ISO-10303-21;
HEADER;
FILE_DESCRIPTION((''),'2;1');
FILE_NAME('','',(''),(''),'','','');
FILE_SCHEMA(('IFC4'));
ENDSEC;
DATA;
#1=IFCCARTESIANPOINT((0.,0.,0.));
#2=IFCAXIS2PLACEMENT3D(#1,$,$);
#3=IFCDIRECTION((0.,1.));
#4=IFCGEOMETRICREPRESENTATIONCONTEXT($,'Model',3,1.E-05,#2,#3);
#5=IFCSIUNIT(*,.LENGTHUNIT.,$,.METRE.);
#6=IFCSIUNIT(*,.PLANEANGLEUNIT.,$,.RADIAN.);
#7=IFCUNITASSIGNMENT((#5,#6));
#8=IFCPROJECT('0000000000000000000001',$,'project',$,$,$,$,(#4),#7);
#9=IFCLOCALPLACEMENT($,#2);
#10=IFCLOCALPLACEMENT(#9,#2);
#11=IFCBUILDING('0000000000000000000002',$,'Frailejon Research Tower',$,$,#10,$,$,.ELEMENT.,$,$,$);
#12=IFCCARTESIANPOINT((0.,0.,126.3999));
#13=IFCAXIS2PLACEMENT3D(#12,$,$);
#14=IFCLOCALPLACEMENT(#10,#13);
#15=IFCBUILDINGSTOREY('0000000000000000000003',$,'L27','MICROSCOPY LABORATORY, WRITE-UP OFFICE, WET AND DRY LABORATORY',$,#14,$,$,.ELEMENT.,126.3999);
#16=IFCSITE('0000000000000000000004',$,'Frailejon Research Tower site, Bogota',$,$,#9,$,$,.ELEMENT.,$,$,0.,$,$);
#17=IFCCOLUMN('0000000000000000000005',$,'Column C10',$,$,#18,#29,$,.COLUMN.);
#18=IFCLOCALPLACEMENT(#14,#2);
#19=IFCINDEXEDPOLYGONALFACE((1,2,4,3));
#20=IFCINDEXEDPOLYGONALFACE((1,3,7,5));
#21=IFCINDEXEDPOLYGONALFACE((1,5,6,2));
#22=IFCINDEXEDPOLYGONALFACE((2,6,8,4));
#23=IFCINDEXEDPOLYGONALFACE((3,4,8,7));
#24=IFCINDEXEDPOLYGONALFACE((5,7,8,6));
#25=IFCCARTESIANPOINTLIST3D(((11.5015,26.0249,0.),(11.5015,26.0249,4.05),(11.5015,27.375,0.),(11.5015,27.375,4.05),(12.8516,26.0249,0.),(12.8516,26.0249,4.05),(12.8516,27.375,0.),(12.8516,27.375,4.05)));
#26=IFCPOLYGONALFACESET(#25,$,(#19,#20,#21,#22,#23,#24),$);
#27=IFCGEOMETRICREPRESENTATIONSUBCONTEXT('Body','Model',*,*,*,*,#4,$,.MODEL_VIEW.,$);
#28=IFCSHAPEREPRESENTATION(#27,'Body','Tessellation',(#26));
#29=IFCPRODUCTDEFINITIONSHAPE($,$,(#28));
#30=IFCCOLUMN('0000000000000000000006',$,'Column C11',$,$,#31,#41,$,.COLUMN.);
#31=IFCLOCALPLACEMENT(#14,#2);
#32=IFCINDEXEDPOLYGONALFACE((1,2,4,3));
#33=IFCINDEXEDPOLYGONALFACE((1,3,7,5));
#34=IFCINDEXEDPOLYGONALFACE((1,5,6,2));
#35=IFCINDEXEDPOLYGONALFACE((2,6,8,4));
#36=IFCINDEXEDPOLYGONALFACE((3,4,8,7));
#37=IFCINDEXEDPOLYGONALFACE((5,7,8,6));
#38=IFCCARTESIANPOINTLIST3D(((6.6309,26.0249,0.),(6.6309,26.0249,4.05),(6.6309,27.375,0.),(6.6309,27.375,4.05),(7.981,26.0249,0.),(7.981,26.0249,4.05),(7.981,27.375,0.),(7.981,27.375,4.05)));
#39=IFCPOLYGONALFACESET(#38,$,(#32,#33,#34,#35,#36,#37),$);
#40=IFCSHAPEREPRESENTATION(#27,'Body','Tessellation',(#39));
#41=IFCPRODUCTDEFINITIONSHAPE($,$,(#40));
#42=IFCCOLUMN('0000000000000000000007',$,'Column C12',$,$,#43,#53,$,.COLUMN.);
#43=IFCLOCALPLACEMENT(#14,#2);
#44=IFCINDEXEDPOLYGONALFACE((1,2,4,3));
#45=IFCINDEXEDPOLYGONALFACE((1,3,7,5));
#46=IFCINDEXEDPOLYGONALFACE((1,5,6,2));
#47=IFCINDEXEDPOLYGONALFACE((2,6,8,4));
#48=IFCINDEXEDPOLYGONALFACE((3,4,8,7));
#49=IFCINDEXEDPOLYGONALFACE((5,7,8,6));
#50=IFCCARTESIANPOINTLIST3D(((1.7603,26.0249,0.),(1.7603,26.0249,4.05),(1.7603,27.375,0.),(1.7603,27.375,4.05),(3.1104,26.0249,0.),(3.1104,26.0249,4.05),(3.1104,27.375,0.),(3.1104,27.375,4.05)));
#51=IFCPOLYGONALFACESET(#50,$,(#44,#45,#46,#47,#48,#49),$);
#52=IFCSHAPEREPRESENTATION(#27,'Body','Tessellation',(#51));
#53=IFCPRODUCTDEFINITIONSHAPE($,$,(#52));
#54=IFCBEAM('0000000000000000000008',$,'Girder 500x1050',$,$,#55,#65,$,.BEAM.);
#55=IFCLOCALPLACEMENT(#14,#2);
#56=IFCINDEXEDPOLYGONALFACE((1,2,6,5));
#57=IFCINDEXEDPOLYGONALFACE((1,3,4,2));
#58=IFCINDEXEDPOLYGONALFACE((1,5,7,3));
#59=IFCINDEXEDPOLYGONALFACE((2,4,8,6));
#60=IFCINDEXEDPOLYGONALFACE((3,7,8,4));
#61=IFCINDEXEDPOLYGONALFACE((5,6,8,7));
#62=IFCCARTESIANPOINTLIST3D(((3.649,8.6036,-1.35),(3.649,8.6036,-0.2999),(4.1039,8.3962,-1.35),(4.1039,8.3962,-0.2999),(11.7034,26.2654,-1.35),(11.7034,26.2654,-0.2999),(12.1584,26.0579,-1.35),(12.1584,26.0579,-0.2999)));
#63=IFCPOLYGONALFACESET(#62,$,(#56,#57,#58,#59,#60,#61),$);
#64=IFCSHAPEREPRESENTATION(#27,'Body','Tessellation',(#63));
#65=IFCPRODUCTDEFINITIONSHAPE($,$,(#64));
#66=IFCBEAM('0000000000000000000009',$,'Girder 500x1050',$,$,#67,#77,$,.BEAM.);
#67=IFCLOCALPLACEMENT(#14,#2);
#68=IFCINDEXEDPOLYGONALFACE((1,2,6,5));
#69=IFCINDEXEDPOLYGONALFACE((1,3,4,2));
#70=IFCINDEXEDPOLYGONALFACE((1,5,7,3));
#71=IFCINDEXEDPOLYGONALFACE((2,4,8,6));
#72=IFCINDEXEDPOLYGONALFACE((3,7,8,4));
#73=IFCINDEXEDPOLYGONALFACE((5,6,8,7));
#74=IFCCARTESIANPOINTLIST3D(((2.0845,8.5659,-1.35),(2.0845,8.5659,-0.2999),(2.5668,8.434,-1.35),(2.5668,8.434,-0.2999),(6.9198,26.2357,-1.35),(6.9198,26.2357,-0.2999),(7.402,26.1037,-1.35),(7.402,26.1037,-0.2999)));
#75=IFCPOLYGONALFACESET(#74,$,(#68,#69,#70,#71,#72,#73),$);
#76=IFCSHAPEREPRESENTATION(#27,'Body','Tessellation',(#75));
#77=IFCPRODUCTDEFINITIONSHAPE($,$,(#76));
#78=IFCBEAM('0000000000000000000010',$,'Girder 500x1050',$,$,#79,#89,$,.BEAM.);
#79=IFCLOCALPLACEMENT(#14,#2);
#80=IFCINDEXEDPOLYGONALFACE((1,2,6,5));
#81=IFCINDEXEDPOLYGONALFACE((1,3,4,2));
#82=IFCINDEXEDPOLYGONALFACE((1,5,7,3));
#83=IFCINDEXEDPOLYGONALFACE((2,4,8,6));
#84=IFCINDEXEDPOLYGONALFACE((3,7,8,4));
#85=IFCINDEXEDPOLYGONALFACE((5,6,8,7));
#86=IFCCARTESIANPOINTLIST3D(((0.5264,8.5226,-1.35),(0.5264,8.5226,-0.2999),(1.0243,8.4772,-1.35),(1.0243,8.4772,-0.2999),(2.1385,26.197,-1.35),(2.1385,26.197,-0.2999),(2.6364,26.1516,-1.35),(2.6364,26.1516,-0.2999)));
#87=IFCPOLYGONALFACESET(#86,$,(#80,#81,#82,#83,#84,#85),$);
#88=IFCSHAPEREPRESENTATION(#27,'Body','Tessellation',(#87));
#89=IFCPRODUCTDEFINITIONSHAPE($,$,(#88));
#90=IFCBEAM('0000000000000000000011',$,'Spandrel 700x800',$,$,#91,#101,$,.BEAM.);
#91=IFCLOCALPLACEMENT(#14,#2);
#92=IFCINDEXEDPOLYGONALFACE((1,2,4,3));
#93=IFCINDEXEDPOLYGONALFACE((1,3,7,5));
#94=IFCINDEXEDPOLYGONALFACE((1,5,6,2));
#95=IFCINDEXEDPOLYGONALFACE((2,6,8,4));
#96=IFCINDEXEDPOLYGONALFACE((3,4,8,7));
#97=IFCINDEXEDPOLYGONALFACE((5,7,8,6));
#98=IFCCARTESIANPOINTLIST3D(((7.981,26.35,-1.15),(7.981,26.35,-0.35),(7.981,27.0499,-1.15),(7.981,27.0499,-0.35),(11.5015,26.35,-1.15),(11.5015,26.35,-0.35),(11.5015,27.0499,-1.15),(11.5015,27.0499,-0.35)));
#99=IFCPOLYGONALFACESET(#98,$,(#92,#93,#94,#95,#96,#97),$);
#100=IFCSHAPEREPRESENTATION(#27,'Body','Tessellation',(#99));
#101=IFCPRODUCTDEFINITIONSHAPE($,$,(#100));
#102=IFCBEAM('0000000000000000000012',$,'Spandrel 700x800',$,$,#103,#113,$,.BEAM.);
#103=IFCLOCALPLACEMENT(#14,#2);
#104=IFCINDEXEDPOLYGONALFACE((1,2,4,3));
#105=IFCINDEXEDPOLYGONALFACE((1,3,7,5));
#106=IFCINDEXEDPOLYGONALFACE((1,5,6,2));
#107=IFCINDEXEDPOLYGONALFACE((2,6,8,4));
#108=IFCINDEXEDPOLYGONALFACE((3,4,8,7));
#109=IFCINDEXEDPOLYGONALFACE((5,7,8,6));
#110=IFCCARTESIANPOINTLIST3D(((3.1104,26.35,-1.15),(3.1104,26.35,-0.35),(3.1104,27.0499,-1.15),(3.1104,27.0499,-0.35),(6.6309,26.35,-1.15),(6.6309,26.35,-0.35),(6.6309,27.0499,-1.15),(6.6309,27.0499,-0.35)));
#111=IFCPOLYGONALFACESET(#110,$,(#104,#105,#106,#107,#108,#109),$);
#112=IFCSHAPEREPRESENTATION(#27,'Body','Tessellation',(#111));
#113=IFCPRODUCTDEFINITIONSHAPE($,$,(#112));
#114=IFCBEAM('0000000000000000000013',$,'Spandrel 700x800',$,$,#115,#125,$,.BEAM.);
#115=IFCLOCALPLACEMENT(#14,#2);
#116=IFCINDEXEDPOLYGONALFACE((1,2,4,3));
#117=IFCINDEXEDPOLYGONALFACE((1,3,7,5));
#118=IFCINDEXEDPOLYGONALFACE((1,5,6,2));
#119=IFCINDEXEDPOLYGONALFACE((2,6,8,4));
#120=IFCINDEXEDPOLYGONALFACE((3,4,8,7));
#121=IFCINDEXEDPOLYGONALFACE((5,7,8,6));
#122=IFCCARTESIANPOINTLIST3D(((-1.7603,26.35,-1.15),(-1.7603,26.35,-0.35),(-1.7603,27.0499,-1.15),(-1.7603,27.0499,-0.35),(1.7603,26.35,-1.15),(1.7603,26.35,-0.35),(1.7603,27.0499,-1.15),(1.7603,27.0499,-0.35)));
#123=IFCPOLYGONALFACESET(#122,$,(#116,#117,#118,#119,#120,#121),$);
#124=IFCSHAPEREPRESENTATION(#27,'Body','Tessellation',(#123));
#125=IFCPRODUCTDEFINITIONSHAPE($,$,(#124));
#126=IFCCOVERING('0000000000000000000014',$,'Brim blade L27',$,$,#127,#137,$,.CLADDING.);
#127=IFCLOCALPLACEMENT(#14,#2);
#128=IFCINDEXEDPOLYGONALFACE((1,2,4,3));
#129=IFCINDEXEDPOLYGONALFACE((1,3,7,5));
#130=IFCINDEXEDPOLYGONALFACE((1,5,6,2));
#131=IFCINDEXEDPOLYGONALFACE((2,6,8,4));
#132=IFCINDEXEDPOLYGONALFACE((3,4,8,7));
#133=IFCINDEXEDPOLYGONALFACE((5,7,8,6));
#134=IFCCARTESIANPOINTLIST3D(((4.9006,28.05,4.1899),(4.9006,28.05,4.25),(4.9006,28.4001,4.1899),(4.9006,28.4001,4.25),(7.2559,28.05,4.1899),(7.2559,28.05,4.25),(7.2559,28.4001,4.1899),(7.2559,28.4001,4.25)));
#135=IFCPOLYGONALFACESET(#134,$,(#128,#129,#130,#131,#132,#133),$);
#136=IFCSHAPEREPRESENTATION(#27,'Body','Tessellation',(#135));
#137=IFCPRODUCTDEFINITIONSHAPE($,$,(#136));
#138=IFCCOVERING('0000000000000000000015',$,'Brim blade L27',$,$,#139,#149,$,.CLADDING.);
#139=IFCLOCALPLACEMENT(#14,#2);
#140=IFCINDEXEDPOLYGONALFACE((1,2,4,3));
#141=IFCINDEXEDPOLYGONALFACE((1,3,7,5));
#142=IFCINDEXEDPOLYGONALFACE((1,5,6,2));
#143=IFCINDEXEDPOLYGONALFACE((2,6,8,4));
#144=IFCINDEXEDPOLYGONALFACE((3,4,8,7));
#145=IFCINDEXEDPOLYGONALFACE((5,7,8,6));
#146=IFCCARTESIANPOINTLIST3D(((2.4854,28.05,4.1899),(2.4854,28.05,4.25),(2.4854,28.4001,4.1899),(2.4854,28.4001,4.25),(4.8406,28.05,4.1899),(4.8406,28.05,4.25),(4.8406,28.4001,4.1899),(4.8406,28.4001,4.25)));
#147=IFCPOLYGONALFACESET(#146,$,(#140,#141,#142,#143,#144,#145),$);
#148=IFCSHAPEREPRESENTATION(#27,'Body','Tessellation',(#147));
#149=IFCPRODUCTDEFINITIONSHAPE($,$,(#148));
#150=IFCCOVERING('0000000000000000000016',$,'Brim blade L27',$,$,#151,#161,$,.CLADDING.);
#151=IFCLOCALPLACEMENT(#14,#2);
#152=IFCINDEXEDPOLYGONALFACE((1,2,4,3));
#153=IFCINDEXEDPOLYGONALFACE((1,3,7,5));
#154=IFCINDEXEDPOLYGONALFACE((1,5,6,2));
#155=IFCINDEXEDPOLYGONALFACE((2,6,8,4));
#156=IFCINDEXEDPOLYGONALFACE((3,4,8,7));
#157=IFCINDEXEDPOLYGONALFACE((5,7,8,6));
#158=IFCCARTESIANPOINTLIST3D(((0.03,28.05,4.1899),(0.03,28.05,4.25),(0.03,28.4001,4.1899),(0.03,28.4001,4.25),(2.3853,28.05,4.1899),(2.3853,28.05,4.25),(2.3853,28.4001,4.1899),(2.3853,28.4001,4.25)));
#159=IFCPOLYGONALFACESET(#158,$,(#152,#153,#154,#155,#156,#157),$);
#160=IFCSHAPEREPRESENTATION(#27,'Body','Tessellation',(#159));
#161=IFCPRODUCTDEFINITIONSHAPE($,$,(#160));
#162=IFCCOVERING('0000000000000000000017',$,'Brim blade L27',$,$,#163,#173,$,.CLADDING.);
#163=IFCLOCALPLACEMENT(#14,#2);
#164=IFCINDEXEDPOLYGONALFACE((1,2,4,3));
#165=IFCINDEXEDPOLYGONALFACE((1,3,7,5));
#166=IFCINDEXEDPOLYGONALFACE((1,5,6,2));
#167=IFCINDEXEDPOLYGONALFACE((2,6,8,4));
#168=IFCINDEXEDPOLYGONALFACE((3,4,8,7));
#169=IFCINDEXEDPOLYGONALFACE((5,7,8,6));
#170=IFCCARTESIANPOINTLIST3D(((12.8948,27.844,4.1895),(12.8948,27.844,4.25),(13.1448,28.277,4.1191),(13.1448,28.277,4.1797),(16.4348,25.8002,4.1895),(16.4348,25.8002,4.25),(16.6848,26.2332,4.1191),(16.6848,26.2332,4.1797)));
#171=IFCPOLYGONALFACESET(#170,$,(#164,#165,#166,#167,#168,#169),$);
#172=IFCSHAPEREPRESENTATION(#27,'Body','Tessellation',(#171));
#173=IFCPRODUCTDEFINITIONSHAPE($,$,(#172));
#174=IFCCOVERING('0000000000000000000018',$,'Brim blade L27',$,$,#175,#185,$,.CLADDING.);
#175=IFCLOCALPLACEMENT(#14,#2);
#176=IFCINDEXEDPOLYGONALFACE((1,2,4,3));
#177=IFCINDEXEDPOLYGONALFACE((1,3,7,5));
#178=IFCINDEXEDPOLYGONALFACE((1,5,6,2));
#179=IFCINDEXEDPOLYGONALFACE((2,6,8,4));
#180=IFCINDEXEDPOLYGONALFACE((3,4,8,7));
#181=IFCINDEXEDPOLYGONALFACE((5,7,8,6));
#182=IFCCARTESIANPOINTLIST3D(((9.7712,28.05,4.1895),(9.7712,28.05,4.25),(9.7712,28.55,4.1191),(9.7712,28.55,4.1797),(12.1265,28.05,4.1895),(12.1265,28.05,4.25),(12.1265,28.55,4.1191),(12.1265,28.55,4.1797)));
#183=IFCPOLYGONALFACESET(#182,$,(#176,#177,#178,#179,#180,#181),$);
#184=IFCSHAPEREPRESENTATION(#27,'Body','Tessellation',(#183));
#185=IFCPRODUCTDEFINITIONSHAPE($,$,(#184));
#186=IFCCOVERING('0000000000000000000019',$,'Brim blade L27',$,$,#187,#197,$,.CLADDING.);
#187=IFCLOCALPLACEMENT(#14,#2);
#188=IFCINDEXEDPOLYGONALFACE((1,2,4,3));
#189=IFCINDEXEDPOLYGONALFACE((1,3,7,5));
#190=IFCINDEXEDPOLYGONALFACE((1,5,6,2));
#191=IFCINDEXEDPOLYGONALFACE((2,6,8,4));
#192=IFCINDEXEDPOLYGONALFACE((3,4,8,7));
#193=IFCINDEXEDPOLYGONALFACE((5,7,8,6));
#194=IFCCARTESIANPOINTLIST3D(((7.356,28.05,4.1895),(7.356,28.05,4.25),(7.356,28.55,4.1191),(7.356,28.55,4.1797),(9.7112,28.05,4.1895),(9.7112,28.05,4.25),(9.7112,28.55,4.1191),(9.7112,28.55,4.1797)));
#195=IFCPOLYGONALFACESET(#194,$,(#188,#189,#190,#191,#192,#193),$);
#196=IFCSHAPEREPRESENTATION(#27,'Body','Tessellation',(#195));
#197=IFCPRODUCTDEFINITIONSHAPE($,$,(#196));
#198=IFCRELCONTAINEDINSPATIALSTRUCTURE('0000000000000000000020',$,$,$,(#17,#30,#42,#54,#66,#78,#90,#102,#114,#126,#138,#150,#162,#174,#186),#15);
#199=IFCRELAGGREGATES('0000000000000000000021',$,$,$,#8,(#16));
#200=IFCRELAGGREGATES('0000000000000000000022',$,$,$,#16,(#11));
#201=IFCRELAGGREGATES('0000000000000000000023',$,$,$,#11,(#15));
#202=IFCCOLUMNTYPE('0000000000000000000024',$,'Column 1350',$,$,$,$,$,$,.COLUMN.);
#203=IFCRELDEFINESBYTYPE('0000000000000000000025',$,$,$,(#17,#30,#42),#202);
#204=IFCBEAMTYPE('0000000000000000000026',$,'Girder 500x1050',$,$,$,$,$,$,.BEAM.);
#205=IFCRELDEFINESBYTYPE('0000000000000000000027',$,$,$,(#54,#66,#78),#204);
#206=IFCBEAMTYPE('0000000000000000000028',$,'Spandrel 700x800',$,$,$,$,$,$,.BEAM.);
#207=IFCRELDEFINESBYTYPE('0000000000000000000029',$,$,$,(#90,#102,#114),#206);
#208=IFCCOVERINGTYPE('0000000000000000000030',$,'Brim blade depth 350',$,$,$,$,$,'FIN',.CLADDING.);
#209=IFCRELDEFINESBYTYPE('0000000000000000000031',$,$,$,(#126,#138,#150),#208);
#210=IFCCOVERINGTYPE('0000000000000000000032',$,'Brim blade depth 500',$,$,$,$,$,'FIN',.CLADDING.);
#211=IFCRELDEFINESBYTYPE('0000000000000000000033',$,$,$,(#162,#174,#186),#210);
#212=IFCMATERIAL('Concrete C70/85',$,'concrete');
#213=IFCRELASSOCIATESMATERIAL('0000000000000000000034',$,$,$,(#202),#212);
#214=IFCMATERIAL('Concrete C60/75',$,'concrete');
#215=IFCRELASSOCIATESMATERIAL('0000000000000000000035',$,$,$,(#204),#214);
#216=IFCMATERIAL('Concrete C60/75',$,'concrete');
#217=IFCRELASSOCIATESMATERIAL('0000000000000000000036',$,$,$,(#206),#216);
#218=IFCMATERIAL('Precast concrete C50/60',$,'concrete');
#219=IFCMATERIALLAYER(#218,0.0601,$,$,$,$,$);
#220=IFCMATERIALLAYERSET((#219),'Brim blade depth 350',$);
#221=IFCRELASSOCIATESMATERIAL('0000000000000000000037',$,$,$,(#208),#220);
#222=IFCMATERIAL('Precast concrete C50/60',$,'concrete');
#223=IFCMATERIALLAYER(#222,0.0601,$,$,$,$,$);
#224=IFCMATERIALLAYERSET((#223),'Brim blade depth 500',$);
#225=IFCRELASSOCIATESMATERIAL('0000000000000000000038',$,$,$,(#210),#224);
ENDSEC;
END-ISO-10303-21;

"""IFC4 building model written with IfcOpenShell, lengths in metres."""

from ifc_helpers import new_model, si_unit, direction, frame, origin, origin_2d, place, context, subcontext, project, spatial, polyline, rectangle, outline, extrude, material, layer, layer_set, material_profile, profile_set, type_object, element, save


model = new_model("IFC4")

# Units and contexts
model_context = context("Model", 3, precision=1e-05, world=origin(), true_north=direction((0.0, 1.0)))
body_context = subcontext(model_context, "Body", "Model", "MODEL_VIEW")
ifc_project = project(units=[si_unit("LENGTHUNIT", "METRE"), si_unit("PLANEANGLEUNIT", "RADIAN")], contexts=[model_context])

# Site, building, storey
site_placement = place(None, origin())
site = spatial("IfcSite", under=ifc_project, at=site_placement, Name="Frailejon Research Tower site, Bogota", CompositionType="ELEMENT", RefElevation=0.0)
building_placement = place(site_placement, origin())
building = spatial("IfcBuilding", under=site, at=building_placement, Name="Frailejon Research Tower", CompositionType="ELEMENT")
storey_placement = place(building_placement, frame((0.0, 0.0, 126.3999)))
storey = spatial("IfcBuildingStorey", under=building, at=storey_placement, Name="L27", Description="MICROSCOPY LABORATORY, WRITE-UP OFFICE, WET AND DRY LABORATORY", CompositionType="ELEMENT", Elevation=126.3999)

# Columns
ifc_material_1 = material(Name="Concrete C70/85", Category="concrete")
ifc_material_profile_1 = material_profile(ifc_material_1, rectangle(XDim=1.3501, YDim=1.3501, at=origin_2d()), Name="Column 1350")
ifc_profile_set_1 = profile_set([ifc_material_profile_1], Name="Concrete C70/85")
column_type = type_object("IfcColumnType", Name="Column 1350", PredefinedType="COLUMN", material=ifc_profile_set_1)
for number, where, z_axis, x_axis, name in (
    (1, (12.1765, 26.7, 0.0), (0.0, 0.0, 1.0), (-1.0, 0.0, 0.0), "Column C10"),
    (2, (7.3059, 26.7, 0.0), (0.0, 0.0, 1.0), (-1.0, 0.0, 0.0), "Column C11"),
    (3, (2.4353, 26.7, 0.0), (0.0, 0.0, 1.0), (-1.0, 0.0, 0.0), "Column C12"),
):
    element("IfcColumn", number, at=place(storey_placement, frame(where, z_axis=z_axis, x_axis=x_axis)), inside=storey, type_object=column_type, Name=name, PredefinedType="COLUMN", context=body_context, shape_type="SweptSolid", body=[
        extrude(rectangle(XDim=1.3501, YDim=1.3501, at=origin_2d()), origin(), (0.0, 0.0, 1.0), 4.05),
    ])

# Beams
ifc_material_2 = material(Name="Concrete C60/75", Category="concrete")
ifc_material_profile_2 = material_profile(ifc_material_2, rectangle(XDim=0.5, YDim=1.05, at=origin_2d()), Name="Girder 500x1050")
ifc_profile_set_2 = profile_set([ifc_material_profile_2], Name="Concrete C60/75")
beam_type_1 = type_object("IfcBeamType", Name="Girder 500x1050", PredefinedType="BEAM", material=ifc_profile_set_2)
beam_1_placement = place(storey_placement, frame((11.9309, 26.1616, -0.825), z_axis=(-0.414931, -0.909853, 0.0), x_axis=(0.909853, -0.414931, 0.0)))
element("IfcBeam", 4, at=beam_1_placement, inside=storey, type_object=beam_type_1, Name="Girder 500x1050", PredefinedType="BEAM", context=body_context, shape_type="SweptSolid", body=[
    extrude(rectangle(XDim=0.5, YDim=1.05, at=origin_2d()), origin(), (0.0, 0.0, 1.0), 19.4116),
])
beam_2_placement = place(storey_placement, frame((7.1609, 26.1697, -0.825), z_axis=(-0.263941, -0.964539, 0.0), x_axis=(0.964539, -0.263941, 0.0)))
element("IfcBeam", 5, at=beam_2_placement, inside=storey, type_object=beam_type_1, Name="Girder 500x1050", PredefinedType="BEAM", context=body_context, shape_type="SweptSolid", body=[
    extrude(rectangle(XDim=0.5, YDim=1.05, at=origin_2d()), origin(), (0.0, 0.0, 1.0), 18.3193),
])
beam_3_placement = place(storey_placement, frame((2.3875, 26.1743, -0.825), z_axis=(-0.090832, -0.995866, 0.0), x_axis=(0.995866, -0.090832, 0.0)))
element("IfcBeam", 6, at=beam_3_placement, inside=storey, type_object=beam_type_1, Name="Girder 500x1050", PredefinedType="BEAM", context=body_context, shape_type="SweptSolid", body=[
    extrude(rectangle(XDim=0.5, YDim=1.05, at=origin_2d()), origin(), (0.0, 0.0, 1.0), 17.7478),
])
ifc_material_3 = material(Name="Concrete C60/75", Category="concrete")
ifc_material_profile_3 = material_profile(ifc_material_3, rectangle(XDim=0.7, YDim=0.8, at=origin_2d()), Name="Spandrel 700x800")
ifc_profile_set_3 = profile_set([ifc_material_profile_3], Name="Concrete C60/75")
beam_type_2 = type_object("IfcBeamType", Name="Spandrel 700x800", PredefinedType="BEAM", material=ifc_profile_set_3)
for number, where, z_axis, x_axis, name in (
    (7, (11.5015, 26.7, -0.75), (-1.0, 0.0, 0.0), (0.0, -1.0, 0.0), "Spandrel 700x800"),
    (8, (6.6309, 26.7, -0.75), (-1.0, 0.0, 0.0), (0.0, -1.0, 0.0), "Spandrel 700x800"),
    (9, (1.7603, 26.7, -0.75), (-1.0, 0.0, 0.0), (0.0, -1.0, 0.0), "Spandrel 700x800"),
):
    element("IfcBeam", number, at=place(storey_placement, frame(where, z_axis=z_axis, x_axis=x_axis)), inside=storey, type_object=beam_type_2, Name=name, PredefinedType="BEAM", context=body_context, shape_type="SweptSolid", body=[
        extrude(rectangle(XDim=0.7, YDim=0.8, at=origin_2d()), origin(), (0.0, 0.0, 1.0), 3.5205),
    ])

# Coverings
ifc_material_4 = material(Name="Precast concrete C50/60", Category="concrete")
ifc_layer_1 = layer(ifc_material_4, 0.0601)
ifc_layer_set_1 = layer_set([ifc_layer_1], Name="Brim blade depth 350")
covering_type_1 = type_object("IfcCoveringType", Name="Brim blade depth 350", ElementType="FIN", PredefinedType="CLADDING", material=ifc_layer_set_1)
for number, where, z_axis, x_axis, name in (
    (10, (4.9006, 28.05, 4.25), (1.0, 0.0, 0.0), (0.0, 1.0, 0.0), "Brim blade L27"),
    (11, (2.4854, 28.05, 4.25), (1.0, 0.0, 0.0), (0.0, 1.0, 0.0), "Brim blade L27"),
    (12, (0.03, 28.05, 4.25), (1.0, 0.0, 0.0), (0.0, 1.0, 0.0), "Brim blade L27"),
):
    element("IfcCovering", number, at=place(storey_placement, frame(where, z_axis=z_axis, x_axis=x_axis)), inside=storey, type_object=covering_type_1, Name=name, PredefinedType="CLADDING", context=body_context, shape_type="SweptSolid", body=[
        extrude(outline(polyline([(0.0, -0.0601), (0.3501, -0.0601), (0.3501, 0.0), (0.0, 0.0), (0.0, -0.0601)])), origin(), (0.0, 0.0, 1.0), 2.3552),
    ])
ifc_material_5 = material(Name="Precast concrete C50/60", Category="concrete")
ifc_layer_2 = layer(ifc_material_5, 0.0601)
ifc_layer_set_2 = layer_set([ifc_layer_2], Name="Brim blade depth 500")
covering_type_2 = type_object("IfcCoveringType", Name="Brim blade depth 500", ElementType="FIN", PredefinedType="CLADDING", material=ifc_layer_set_2)
covering_placement = place(storey_placement, frame((12.8948, 27.844, 4.25), z_axis=(0.866027, -0.499997, 0.0), x_axis=(0.499997, 0.866027, 0.0)))
element("IfcCovering", 13, at=covering_placement, inside=storey, type_object=covering_type_2, Name="Brim blade L27", PredefinedType="CLADDING", context=body_context, shape_type="SweptSolid", body=[
    extrude(outline(polyline([(0.0, -0.0605), (0.5, -0.1309), (0.5, -0.0703), (0.0, 0.0), (0.0, -0.0605)])), origin(), (0.0, 0.0, 1.0), 4.0876),
])
for number, where, z_axis, x_axis, name in (
    (14, (9.7712, 28.05, 4.25), (1.0, 0.0, 0.0), (0.0, 1.0, 0.0), "Brim blade L27"),
    (15, (7.356, 28.05, 4.25), (1.0, 0.0, 0.0), (0.0, 1.0, 0.0), "Brim blade L27"),
):
    element("IfcCovering", number, at=place(storey_placement, frame(where, z_axis=z_axis, x_axis=x_axis)), inside=storey, type_object=covering_type_2, Name=name, PredefinedType="CLADDING", context=body_context, shape_type="SweptSolid", body=[
        extrude(outline(polyline([(0.0, -0.0605), (0.5, -0.1309), (0.5, -0.0703), (0.0, 0.0), (0.0, -0.0605)])), origin(), (0.0, 0.0, 1.0), 2.3552),
    ])

save(model, "model.ifc")
